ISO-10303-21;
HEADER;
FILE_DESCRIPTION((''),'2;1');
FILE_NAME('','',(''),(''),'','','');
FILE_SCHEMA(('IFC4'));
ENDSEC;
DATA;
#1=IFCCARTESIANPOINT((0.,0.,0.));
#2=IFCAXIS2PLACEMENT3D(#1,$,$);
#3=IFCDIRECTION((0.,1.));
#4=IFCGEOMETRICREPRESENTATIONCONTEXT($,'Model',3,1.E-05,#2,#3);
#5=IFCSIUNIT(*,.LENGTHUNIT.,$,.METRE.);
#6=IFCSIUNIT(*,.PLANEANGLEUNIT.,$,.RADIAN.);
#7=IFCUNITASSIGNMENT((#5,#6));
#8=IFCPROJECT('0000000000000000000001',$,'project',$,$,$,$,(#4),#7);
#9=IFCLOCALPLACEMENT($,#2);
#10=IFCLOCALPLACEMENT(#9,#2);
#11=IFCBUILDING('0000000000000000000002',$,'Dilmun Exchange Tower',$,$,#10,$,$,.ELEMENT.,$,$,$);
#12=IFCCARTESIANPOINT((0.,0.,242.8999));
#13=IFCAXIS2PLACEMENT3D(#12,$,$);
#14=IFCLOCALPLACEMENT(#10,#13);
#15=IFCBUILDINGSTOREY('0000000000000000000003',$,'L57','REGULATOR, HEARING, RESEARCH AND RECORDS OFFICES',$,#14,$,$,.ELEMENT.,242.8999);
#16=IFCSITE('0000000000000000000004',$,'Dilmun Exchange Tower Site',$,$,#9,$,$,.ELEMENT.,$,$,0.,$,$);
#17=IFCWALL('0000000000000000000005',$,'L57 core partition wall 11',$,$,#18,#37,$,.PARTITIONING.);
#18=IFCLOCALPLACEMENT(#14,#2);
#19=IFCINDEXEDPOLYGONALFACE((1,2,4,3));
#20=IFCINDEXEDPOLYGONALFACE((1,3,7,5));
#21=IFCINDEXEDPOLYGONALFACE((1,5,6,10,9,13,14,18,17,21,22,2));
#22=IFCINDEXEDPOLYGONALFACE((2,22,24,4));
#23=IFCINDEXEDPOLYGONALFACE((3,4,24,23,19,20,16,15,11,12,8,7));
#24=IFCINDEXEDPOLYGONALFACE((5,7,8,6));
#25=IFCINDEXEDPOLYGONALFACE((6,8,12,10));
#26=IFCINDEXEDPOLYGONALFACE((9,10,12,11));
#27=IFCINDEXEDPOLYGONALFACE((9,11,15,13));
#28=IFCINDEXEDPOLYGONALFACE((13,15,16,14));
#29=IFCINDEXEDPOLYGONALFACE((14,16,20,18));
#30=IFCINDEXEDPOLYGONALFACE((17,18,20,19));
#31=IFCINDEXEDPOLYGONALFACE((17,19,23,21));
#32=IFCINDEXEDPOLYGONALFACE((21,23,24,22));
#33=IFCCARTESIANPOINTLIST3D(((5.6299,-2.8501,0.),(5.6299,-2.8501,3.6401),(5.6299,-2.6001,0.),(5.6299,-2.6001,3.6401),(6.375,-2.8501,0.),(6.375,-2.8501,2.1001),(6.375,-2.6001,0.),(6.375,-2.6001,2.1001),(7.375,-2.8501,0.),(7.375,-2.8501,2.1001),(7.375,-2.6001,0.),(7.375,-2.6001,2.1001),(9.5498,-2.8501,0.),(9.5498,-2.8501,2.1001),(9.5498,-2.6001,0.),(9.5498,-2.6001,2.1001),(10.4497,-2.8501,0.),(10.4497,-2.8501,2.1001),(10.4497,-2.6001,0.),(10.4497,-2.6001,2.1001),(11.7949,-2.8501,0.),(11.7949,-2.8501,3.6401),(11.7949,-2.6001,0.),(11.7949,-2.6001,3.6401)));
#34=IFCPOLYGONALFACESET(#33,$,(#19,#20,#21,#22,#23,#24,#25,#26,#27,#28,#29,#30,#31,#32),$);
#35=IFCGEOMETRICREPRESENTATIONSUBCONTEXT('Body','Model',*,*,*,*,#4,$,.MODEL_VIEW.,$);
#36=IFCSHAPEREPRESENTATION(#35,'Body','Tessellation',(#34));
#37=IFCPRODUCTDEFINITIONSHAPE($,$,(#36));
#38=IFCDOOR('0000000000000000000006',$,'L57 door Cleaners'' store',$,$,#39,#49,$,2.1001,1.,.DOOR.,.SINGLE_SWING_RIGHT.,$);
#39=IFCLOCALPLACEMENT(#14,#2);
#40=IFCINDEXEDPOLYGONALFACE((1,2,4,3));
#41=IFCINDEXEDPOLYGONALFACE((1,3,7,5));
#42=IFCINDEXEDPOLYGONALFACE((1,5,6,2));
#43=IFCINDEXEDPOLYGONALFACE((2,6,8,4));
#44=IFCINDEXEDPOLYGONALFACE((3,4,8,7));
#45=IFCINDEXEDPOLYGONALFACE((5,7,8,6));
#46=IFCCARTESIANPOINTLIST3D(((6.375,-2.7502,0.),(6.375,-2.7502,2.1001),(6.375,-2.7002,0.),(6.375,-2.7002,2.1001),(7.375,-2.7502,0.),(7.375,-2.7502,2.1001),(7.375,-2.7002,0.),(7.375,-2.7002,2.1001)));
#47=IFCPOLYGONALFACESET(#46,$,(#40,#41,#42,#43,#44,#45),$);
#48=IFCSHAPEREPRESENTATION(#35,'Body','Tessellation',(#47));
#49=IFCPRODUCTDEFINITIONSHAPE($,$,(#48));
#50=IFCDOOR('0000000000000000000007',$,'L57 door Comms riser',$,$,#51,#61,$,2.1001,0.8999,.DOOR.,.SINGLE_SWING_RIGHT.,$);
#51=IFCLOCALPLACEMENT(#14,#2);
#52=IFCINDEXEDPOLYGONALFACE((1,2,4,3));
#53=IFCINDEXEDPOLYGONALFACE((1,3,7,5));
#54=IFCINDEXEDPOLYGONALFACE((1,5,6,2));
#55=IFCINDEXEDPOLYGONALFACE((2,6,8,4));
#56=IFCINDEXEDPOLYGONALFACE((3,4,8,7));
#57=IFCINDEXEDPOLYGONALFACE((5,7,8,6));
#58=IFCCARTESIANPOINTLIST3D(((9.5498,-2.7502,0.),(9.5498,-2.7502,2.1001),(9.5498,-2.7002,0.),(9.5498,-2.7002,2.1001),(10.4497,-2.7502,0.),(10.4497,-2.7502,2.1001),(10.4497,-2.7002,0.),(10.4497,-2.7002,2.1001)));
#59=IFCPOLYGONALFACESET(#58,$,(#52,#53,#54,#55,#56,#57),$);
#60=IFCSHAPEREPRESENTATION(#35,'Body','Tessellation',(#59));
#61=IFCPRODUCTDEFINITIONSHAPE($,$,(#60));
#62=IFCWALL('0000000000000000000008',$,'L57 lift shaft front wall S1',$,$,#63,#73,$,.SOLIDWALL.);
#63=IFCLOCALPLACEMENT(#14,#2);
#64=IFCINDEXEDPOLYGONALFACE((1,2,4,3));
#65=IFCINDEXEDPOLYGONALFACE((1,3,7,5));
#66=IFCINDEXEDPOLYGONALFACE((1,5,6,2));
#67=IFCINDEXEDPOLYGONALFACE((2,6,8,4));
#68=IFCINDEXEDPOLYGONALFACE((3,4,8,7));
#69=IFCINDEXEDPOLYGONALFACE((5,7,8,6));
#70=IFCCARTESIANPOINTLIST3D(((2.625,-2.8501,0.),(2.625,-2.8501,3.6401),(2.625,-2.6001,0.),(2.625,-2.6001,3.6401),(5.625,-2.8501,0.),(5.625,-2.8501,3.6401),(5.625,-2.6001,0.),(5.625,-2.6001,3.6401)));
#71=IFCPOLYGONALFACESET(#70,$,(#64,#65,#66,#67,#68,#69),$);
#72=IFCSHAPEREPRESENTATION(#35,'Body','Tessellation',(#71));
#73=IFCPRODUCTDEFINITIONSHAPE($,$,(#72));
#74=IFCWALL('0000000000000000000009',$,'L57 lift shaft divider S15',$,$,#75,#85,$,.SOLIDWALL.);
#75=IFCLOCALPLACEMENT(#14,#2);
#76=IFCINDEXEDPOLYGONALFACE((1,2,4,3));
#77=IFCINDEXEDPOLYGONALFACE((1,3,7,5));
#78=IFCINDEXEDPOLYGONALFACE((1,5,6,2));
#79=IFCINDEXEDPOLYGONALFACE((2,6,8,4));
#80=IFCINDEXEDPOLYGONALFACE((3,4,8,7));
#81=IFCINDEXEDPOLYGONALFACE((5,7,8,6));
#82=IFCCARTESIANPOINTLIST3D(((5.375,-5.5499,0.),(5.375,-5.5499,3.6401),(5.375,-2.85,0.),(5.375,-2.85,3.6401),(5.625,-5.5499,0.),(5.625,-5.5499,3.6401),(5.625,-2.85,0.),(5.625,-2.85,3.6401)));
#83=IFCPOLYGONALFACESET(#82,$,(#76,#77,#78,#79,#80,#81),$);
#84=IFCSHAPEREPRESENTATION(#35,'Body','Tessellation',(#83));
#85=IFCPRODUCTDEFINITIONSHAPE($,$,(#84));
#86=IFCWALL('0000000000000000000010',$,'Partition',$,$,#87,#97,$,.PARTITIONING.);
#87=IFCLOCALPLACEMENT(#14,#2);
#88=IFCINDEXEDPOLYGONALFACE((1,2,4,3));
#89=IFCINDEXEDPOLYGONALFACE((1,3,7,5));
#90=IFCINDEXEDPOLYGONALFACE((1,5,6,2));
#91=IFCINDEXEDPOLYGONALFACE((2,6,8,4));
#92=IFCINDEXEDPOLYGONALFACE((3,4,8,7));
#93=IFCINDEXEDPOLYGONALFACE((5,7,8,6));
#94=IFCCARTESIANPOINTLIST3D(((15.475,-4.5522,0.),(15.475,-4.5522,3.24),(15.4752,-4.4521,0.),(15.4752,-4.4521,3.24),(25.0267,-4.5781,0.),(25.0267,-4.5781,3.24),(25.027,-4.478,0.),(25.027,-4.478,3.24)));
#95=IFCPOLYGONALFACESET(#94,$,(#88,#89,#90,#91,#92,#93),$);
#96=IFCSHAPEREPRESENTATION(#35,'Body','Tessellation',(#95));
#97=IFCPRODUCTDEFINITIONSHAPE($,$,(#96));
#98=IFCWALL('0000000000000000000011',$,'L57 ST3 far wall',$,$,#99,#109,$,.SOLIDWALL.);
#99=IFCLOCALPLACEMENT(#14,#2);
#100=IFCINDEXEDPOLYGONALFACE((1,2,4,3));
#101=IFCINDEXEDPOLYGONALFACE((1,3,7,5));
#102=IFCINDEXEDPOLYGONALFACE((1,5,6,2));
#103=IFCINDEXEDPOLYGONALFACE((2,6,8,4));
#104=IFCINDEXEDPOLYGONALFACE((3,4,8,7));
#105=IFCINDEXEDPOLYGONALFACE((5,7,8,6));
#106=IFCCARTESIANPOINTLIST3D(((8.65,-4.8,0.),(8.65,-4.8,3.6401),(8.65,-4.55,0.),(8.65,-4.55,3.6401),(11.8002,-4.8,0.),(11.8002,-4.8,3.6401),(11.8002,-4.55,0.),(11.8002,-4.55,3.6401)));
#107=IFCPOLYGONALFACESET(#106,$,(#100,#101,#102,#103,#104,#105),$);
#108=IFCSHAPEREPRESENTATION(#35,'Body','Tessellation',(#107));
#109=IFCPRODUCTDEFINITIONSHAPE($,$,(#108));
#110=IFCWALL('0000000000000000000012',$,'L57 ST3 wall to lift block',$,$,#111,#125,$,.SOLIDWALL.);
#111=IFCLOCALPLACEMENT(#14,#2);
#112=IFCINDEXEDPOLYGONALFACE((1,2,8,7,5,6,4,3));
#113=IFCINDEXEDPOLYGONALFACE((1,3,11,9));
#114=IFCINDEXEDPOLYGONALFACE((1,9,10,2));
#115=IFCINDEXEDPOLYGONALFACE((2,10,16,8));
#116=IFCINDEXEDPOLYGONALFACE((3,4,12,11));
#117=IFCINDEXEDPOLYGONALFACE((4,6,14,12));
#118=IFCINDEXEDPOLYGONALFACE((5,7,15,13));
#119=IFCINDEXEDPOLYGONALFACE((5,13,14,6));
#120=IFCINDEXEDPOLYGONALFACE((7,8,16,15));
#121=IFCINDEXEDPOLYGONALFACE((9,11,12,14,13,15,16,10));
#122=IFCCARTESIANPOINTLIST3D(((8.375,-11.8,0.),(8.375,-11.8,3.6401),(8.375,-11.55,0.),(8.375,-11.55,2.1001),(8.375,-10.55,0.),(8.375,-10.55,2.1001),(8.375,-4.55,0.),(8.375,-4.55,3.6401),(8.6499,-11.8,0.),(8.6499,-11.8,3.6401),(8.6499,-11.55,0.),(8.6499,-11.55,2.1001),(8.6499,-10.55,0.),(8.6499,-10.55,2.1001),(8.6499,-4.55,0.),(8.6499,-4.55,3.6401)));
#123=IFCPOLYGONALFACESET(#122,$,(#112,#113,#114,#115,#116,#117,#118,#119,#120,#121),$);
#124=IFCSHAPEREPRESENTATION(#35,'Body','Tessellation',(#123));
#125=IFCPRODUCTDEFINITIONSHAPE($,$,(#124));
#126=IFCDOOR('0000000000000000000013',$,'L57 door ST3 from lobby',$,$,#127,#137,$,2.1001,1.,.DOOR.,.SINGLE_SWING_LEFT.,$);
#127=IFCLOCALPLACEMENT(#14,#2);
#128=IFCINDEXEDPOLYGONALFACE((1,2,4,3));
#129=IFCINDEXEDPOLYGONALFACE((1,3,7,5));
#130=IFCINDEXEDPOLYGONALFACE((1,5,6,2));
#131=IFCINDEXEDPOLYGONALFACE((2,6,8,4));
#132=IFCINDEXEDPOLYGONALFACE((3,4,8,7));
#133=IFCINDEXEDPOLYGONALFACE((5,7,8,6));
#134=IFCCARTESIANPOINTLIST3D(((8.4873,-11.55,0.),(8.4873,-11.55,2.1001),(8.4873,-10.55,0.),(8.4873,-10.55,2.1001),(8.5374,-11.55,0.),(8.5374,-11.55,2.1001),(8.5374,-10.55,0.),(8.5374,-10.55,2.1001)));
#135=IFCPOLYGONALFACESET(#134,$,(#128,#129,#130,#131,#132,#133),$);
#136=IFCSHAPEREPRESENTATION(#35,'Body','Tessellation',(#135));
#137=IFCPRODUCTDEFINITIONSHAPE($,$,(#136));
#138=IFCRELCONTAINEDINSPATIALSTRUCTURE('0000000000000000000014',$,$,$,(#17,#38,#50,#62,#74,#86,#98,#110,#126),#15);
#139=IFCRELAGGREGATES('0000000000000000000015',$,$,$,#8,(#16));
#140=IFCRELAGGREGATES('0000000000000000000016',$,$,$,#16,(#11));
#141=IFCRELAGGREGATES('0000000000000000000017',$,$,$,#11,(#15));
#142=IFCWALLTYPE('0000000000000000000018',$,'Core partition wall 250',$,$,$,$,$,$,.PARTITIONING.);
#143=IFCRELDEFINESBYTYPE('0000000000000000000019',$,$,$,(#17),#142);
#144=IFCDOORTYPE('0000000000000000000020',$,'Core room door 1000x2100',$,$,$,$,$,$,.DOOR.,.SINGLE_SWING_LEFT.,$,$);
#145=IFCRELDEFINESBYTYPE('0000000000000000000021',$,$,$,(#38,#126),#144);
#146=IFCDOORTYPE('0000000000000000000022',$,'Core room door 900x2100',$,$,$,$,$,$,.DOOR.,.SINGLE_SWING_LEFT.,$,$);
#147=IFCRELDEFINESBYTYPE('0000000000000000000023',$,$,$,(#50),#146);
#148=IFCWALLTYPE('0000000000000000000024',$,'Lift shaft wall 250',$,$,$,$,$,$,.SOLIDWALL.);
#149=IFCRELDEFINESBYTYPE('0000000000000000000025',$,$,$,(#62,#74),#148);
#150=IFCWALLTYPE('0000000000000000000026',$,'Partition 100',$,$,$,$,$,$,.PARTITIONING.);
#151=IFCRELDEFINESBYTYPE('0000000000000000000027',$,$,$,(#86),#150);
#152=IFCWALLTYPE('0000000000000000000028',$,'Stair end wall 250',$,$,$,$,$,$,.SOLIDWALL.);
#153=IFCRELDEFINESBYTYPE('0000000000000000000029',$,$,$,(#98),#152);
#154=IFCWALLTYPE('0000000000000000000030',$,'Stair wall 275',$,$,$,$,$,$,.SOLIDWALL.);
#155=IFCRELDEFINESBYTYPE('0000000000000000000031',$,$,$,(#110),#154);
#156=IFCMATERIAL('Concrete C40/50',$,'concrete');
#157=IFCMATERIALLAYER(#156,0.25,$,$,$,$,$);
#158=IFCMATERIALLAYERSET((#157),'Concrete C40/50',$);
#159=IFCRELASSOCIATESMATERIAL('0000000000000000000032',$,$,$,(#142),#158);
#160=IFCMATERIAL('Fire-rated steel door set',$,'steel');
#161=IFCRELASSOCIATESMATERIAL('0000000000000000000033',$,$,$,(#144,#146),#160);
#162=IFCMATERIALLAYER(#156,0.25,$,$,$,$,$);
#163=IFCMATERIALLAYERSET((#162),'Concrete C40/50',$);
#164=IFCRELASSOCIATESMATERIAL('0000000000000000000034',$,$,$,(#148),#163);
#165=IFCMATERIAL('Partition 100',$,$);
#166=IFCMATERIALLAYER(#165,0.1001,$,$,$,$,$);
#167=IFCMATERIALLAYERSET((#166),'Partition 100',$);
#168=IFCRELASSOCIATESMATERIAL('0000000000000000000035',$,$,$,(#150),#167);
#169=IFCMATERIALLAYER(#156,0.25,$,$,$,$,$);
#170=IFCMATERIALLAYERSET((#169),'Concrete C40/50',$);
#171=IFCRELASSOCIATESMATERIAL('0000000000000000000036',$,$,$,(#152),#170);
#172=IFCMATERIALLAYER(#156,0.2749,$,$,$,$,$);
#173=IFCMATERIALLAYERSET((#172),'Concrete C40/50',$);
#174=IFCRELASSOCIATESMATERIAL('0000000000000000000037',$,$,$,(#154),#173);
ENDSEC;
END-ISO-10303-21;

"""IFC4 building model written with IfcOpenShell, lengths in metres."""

from ifc_helpers import new_model, si_unit, direction, frame, frame_2d, origin, place, context, subcontext, project, spatial, rectangle, extrude, material, layer, layer_set, type_object, element, fill, save


model = new_model("IFC4")

# Units and contexts
model_context = context("Model", 3, precision=1e-05, world=origin(), true_north=direction((0.0, 1.0)))
body_context = subcontext(model_context, "Body", "Model", "MODEL_VIEW")
ifc_project = project(units=[si_unit("LENGTHUNIT", "METRE"), si_unit("PLANEANGLEUNIT", "RADIAN")], contexts=[model_context])

# Site, building, storey
site_placement = place(None, origin())
site = spatial("IfcSite", under=ifc_project, at=site_placement, Name="Dilmun Exchange Tower Site", CompositionType="ELEMENT", RefElevation=0.0)
building_placement = place(site_placement, origin())
building = spatial("IfcBuilding", under=site, at=building_placement, Name="Dilmun Exchange Tower", CompositionType="ELEMENT")
storey_placement = place(building_placement, frame((0.0, 0.0, 242.8999)))
storey = spatial("IfcBuildingStorey", under=building, at=storey_placement, Name="L57", Description="REGULATOR, HEARING, RESEARCH AND RECORDS OFFICES", CompositionType="ELEMENT", Elevation=242.8999)

# Shared definitions
ifc_material_1 = material(Name="Concrete C40/50", Category="concrete")

# Shared definitions
ifc_material_2 = material(Name="Fire-rated steel door set", Category="steel")

# Shared definitions
ifc_layer_1 = layer(ifc_material_1, 0.25)
ifc_layer_set_1 = layer_set([ifc_layer_1], Name="Concrete C40/50")
wall_type_1 = type_object("IfcWallType", Name="Core partition wall 250", PredefinedType="PARTITIONING", material=ifc_layer_set_1)

# Wall, openings, doors
wall_1_placement = place(storey_placement, frame((5.6299, -2.7251, 0.0), z_axis=(0.0, 0.0, 1.0), x_axis=(1.0, 0.0, 0.0)))
wall_1 = element("IfcWall", 1, at=wall_1_placement, inside=storey, type_object=wall_type_1, Name="L57 core partition wall 11", PredefinedType="PARTITIONING", context=body_context, shape_type="SweptSolid", body=[
    extrude(rectangle(XDim=6.165, YDim=0.25, at=frame_2d((3.0825, 0.0))), origin(), (0.0, 0.0, 1.0), 3.6401),
])
opening_1_placement = place(wall_1_placement, frame((0.7451, 0.0, 0.0)))
opening_1 = element("IfcOpeningElement", 2, at=opening_1_placement, cuts=wall_1, PredefinedType="OPENING", context=body_context, shape_type="SweptSolid", body=[
    extrude(rectangle(XDim=1.0, YDim=2.1001, at=frame_2d((0.5, 1.05))), frame((0.0, 0.135, 0.0), z_axis=(0.0, -1.0, 0.0), x_axis=(1.0, 0.0, 0.0)), (0.0, 0.0, 1.0), 0.27),
])
opening_2_placement = place(wall_1_placement, frame((3.9199, 0.0, 0.0)))
opening_2 = element("IfcOpeningElement", 3, at=opening_2_placement, cuts=wall_1, PredefinedType="OPENING", context=body_context, shape_type="SweptSolid", body=[
    extrude(rectangle(XDim=0.8999, YDim=2.1001, at=frame_2d((0.45, 1.05))), frame((0.0, 0.135, 0.0), z_axis=(0.0, -1.0, 0.0), x_axis=(1.0, 0.0, 0.0)), (0.0, 0.0, 1.0), 0.27),
])
door_type_1 = type_object("IfcDoorType", Name="Core room door 1000x2100", OperationType="SINGLE_SWING_LEFT", PredefinedType="DOOR", material=ifc_material_2)
door_1_placement = place(opening_1_placement, origin())
door_1 = element("IfcDoor", 4, at=door_1_placement, inside=storey, type_object=door_type_1, Name="L57 door Cleaners' store", OperationType="SINGLE_SWING_RIGHT", OverallHeight=2.1001, OverallWidth=1.0, PredefinedType="DOOR", context=body_context, shape_type="SweptSolid", body=[
    extrude(rectangle(XDim=1.0, YDim=2.1001, at=frame_2d((0.5, 1.05))), frame((0.0, 0.0249, 0.0), z_axis=(0.0, -1.0, 0.0), x_axis=(1.0, 0.0, 0.0)), (0.0, 0.0, 1.0), 0.05),
])
fill(opening_1, door_1)
door_type_2 = type_object("IfcDoorType", Name="Core room door 900x2100", OperationType="SINGLE_SWING_LEFT", PredefinedType="DOOR", material=ifc_material_2)
door_2_placement = place(opening_2_placement, origin())
door_2 = element("IfcDoor", 5, at=door_2_placement, inside=storey, type_object=door_type_2, Name="L57 door Comms riser", OperationType="SINGLE_SWING_RIGHT", OverallHeight=2.1001, OverallWidth=0.8999, PredefinedType="DOOR", context=body_context, shape_type="SweptSolid", body=[
    extrude(rectangle(XDim=0.8999, YDim=2.1001, at=frame_2d((0.45, 1.05))), frame((0.0, 0.0249, 0.0), z_axis=(0.0, -1.0, 0.0), x_axis=(1.0, 0.0, 0.0)), (0.0, 0.0, 1.0), 0.05),
])
fill(opening_2, door_2)

# Walls
ifc_layer_2 = layer(ifc_material_1, 0.25)
ifc_layer_set_2 = layer_set([ifc_layer_2], Name="Concrete C40/50")
wall_type_2 = type_object("IfcWallType", Name="Lift shaft wall 250", PredefinedType="SOLIDWALL", material=ifc_layer_set_2)
wall_2_placement = place(storey_placement, frame((2.625, -2.7251, 0.0), z_axis=(0.0, 0.0, 1.0), x_axis=(1.0, 0.0, 0.0)))
element("IfcWall", 6, at=wall_2_placement, inside=storey, type_object=wall_type_2, Name="L57 lift shaft front wall S1", PredefinedType="SOLIDWALL", context=body_context, shape_type="SweptSolid", body=[
    extrude(rectangle(XDim=3.0, YDim=0.25, at=frame_2d((1.5, 0.0))), origin(), (0.0, 0.0, 1.0), 3.6401),
])
wall_3_placement = place(storey_placement, frame((5.5, -5.55, 0.0), z_axis=(0.0, 0.0, 1.0), x_axis=(0.0, 1.0, 0.0)))
element("IfcWall", 7, at=wall_3_placement, inside=storey, type_object=wall_type_2, Name="L57 lift shaft divider S15", PredefinedType="SOLIDWALL", context=body_context, shape_type="SweptSolid", body=[
    extrude(rectangle(XDim=2.7, YDim=0.25, at=frame_2d((1.3501, 0.0))), origin(), (0.0, 0.0, 1.0), 3.6401),
])
ifc_material_3 = material(Name="Partition 100")
ifc_layer_3 = layer(ifc_material_3, 0.1001)
ifc_layer_set_3 = layer_set([ifc_layer_3], Name="Partition 100")
wall_type_3 = type_object("IfcWallType", Name="Partition 100", PredefinedType="PARTITIONING", material=ifc_layer_set_3)
wall_4_placement = place(storey_placement, frame((15.4751, -4.5022, 0.0), z_axis=(0.0, 0.0, 1.0), x_axis=(0.999996, -0.002709, 0.0)))
element("IfcWall", 8, at=wall_4_placement, inside=storey, type_object=wall_type_3, Name="Partition", PredefinedType="PARTITIONING", context=body_context, shape_type="SweptSolid", body=[
    extrude(rectangle(XDim=9.5518, YDim=0.1001, at=frame_2d((4.7759, 0.0))), origin(), (0.0, 0.0, 1.0), 3.24),
])
ifc_layer_4 = layer(ifc_material_1, 0.25)
ifc_layer_set_4 = layer_set([ifc_layer_4], Name="Concrete C40/50")
wall_type_4 = type_object("IfcWallType", Name="Stair end wall 250", PredefinedType="SOLIDWALL", material=ifc_layer_set_4)
wall_5_placement = place(storey_placement, frame((8.6499, -4.675, 0.0), z_axis=(0.0, 0.0, 1.0), x_axis=(1.0, 0.0, 0.0)))
element("IfcWall", 9, at=wall_5_placement, inside=storey, type_object=wall_type_4, Name="L57 ST3 far wall", PredefinedType="SOLIDWALL", context=body_context, shape_type="SweptSolid", body=[
    extrude(rectangle(XDim=3.1501, YDim=0.25, at=frame_2d((1.5752, 0.0))), origin(), (0.0, 0.0, 1.0), 3.6401),
])

# Wall, opening, door
ifc_layer_5 = layer(ifc_material_1, 0.2749)
ifc_layer_set_5 = layer_set([ifc_layer_5], Name="Concrete C40/50")
wall_type_5 = type_object("IfcWallType", Name="Stair wall 275", PredefinedType="SOLIDWALL", material=ifc_layer_set_5)
wall_6_placement = place(storey_placement, frame((8.5125, -4.55, 0.0), z_axis=(0.0, 0.0, 1.0), x_axis=(0.0, -1.0, 0.0)))
wall_6 = element("IfcWall", 10, at=wall_6_placement, inside=storey, type_object=wall_type_5, Name="L57 ST3 wall to lift block", PredefinedType="SOLIDWALL", context=body_context, shape_type="SweptSolid", body=[
    extrude(rectangle(XDim=7.25, YDim=0.2749, at=frame_2d((3.625, 0.0))), origin(), (0.0, 0.0, 1.0), 3.6401),
])
opening_3_placement = place(wall_6_placement, frame((6.0, 0.0, 0.0)))
opening_3 = element("IfcOpeningElement", 11, at=opening_3_placement, cuts=wall_6, PredefinedType="OPENING", context=body_context, shape_type="SweptSolid", body=[
    extrude(rectangle(XDim=1.0, YDim=2.1001, at=frame_2d((0.5, 1.05))), frame((0.0, 0.1475, 0.0), z_axis=(0.0, -1.0, 0.0), x_axis=(1.0, 0.0, 0.0)), (0.0, 0.0, 1.0), 0.2949),
])
door_3_placement = place(opening_3_placement, origin())
door_3 = element("IfcDoor", 12, at=door_3_placement, inside=storey, type_object=door_type_1, Name="L57 door ST3 from lobby", OperationType="SINGLE_SWING_LEFT", OverallHeight=2.1001, OverallWidth=1.0, PredefinedType="DOOR", context=body_context, shape_type="SweptSolid", body=[
    extrude(rectangle(XDim=1.0, YDim=2.1001, at=frame_2d((0.5, 1.05))), frame((0.0, 0.0249, 0.0), z_axis=(0.0, -1.0, 0.0), x_axis=(1.0, 0.0, 0.0)), (0.0, 0.0, 1.0), 0.05),
])
fill(opening_3, door_3)

save(model, "model.ifc")
